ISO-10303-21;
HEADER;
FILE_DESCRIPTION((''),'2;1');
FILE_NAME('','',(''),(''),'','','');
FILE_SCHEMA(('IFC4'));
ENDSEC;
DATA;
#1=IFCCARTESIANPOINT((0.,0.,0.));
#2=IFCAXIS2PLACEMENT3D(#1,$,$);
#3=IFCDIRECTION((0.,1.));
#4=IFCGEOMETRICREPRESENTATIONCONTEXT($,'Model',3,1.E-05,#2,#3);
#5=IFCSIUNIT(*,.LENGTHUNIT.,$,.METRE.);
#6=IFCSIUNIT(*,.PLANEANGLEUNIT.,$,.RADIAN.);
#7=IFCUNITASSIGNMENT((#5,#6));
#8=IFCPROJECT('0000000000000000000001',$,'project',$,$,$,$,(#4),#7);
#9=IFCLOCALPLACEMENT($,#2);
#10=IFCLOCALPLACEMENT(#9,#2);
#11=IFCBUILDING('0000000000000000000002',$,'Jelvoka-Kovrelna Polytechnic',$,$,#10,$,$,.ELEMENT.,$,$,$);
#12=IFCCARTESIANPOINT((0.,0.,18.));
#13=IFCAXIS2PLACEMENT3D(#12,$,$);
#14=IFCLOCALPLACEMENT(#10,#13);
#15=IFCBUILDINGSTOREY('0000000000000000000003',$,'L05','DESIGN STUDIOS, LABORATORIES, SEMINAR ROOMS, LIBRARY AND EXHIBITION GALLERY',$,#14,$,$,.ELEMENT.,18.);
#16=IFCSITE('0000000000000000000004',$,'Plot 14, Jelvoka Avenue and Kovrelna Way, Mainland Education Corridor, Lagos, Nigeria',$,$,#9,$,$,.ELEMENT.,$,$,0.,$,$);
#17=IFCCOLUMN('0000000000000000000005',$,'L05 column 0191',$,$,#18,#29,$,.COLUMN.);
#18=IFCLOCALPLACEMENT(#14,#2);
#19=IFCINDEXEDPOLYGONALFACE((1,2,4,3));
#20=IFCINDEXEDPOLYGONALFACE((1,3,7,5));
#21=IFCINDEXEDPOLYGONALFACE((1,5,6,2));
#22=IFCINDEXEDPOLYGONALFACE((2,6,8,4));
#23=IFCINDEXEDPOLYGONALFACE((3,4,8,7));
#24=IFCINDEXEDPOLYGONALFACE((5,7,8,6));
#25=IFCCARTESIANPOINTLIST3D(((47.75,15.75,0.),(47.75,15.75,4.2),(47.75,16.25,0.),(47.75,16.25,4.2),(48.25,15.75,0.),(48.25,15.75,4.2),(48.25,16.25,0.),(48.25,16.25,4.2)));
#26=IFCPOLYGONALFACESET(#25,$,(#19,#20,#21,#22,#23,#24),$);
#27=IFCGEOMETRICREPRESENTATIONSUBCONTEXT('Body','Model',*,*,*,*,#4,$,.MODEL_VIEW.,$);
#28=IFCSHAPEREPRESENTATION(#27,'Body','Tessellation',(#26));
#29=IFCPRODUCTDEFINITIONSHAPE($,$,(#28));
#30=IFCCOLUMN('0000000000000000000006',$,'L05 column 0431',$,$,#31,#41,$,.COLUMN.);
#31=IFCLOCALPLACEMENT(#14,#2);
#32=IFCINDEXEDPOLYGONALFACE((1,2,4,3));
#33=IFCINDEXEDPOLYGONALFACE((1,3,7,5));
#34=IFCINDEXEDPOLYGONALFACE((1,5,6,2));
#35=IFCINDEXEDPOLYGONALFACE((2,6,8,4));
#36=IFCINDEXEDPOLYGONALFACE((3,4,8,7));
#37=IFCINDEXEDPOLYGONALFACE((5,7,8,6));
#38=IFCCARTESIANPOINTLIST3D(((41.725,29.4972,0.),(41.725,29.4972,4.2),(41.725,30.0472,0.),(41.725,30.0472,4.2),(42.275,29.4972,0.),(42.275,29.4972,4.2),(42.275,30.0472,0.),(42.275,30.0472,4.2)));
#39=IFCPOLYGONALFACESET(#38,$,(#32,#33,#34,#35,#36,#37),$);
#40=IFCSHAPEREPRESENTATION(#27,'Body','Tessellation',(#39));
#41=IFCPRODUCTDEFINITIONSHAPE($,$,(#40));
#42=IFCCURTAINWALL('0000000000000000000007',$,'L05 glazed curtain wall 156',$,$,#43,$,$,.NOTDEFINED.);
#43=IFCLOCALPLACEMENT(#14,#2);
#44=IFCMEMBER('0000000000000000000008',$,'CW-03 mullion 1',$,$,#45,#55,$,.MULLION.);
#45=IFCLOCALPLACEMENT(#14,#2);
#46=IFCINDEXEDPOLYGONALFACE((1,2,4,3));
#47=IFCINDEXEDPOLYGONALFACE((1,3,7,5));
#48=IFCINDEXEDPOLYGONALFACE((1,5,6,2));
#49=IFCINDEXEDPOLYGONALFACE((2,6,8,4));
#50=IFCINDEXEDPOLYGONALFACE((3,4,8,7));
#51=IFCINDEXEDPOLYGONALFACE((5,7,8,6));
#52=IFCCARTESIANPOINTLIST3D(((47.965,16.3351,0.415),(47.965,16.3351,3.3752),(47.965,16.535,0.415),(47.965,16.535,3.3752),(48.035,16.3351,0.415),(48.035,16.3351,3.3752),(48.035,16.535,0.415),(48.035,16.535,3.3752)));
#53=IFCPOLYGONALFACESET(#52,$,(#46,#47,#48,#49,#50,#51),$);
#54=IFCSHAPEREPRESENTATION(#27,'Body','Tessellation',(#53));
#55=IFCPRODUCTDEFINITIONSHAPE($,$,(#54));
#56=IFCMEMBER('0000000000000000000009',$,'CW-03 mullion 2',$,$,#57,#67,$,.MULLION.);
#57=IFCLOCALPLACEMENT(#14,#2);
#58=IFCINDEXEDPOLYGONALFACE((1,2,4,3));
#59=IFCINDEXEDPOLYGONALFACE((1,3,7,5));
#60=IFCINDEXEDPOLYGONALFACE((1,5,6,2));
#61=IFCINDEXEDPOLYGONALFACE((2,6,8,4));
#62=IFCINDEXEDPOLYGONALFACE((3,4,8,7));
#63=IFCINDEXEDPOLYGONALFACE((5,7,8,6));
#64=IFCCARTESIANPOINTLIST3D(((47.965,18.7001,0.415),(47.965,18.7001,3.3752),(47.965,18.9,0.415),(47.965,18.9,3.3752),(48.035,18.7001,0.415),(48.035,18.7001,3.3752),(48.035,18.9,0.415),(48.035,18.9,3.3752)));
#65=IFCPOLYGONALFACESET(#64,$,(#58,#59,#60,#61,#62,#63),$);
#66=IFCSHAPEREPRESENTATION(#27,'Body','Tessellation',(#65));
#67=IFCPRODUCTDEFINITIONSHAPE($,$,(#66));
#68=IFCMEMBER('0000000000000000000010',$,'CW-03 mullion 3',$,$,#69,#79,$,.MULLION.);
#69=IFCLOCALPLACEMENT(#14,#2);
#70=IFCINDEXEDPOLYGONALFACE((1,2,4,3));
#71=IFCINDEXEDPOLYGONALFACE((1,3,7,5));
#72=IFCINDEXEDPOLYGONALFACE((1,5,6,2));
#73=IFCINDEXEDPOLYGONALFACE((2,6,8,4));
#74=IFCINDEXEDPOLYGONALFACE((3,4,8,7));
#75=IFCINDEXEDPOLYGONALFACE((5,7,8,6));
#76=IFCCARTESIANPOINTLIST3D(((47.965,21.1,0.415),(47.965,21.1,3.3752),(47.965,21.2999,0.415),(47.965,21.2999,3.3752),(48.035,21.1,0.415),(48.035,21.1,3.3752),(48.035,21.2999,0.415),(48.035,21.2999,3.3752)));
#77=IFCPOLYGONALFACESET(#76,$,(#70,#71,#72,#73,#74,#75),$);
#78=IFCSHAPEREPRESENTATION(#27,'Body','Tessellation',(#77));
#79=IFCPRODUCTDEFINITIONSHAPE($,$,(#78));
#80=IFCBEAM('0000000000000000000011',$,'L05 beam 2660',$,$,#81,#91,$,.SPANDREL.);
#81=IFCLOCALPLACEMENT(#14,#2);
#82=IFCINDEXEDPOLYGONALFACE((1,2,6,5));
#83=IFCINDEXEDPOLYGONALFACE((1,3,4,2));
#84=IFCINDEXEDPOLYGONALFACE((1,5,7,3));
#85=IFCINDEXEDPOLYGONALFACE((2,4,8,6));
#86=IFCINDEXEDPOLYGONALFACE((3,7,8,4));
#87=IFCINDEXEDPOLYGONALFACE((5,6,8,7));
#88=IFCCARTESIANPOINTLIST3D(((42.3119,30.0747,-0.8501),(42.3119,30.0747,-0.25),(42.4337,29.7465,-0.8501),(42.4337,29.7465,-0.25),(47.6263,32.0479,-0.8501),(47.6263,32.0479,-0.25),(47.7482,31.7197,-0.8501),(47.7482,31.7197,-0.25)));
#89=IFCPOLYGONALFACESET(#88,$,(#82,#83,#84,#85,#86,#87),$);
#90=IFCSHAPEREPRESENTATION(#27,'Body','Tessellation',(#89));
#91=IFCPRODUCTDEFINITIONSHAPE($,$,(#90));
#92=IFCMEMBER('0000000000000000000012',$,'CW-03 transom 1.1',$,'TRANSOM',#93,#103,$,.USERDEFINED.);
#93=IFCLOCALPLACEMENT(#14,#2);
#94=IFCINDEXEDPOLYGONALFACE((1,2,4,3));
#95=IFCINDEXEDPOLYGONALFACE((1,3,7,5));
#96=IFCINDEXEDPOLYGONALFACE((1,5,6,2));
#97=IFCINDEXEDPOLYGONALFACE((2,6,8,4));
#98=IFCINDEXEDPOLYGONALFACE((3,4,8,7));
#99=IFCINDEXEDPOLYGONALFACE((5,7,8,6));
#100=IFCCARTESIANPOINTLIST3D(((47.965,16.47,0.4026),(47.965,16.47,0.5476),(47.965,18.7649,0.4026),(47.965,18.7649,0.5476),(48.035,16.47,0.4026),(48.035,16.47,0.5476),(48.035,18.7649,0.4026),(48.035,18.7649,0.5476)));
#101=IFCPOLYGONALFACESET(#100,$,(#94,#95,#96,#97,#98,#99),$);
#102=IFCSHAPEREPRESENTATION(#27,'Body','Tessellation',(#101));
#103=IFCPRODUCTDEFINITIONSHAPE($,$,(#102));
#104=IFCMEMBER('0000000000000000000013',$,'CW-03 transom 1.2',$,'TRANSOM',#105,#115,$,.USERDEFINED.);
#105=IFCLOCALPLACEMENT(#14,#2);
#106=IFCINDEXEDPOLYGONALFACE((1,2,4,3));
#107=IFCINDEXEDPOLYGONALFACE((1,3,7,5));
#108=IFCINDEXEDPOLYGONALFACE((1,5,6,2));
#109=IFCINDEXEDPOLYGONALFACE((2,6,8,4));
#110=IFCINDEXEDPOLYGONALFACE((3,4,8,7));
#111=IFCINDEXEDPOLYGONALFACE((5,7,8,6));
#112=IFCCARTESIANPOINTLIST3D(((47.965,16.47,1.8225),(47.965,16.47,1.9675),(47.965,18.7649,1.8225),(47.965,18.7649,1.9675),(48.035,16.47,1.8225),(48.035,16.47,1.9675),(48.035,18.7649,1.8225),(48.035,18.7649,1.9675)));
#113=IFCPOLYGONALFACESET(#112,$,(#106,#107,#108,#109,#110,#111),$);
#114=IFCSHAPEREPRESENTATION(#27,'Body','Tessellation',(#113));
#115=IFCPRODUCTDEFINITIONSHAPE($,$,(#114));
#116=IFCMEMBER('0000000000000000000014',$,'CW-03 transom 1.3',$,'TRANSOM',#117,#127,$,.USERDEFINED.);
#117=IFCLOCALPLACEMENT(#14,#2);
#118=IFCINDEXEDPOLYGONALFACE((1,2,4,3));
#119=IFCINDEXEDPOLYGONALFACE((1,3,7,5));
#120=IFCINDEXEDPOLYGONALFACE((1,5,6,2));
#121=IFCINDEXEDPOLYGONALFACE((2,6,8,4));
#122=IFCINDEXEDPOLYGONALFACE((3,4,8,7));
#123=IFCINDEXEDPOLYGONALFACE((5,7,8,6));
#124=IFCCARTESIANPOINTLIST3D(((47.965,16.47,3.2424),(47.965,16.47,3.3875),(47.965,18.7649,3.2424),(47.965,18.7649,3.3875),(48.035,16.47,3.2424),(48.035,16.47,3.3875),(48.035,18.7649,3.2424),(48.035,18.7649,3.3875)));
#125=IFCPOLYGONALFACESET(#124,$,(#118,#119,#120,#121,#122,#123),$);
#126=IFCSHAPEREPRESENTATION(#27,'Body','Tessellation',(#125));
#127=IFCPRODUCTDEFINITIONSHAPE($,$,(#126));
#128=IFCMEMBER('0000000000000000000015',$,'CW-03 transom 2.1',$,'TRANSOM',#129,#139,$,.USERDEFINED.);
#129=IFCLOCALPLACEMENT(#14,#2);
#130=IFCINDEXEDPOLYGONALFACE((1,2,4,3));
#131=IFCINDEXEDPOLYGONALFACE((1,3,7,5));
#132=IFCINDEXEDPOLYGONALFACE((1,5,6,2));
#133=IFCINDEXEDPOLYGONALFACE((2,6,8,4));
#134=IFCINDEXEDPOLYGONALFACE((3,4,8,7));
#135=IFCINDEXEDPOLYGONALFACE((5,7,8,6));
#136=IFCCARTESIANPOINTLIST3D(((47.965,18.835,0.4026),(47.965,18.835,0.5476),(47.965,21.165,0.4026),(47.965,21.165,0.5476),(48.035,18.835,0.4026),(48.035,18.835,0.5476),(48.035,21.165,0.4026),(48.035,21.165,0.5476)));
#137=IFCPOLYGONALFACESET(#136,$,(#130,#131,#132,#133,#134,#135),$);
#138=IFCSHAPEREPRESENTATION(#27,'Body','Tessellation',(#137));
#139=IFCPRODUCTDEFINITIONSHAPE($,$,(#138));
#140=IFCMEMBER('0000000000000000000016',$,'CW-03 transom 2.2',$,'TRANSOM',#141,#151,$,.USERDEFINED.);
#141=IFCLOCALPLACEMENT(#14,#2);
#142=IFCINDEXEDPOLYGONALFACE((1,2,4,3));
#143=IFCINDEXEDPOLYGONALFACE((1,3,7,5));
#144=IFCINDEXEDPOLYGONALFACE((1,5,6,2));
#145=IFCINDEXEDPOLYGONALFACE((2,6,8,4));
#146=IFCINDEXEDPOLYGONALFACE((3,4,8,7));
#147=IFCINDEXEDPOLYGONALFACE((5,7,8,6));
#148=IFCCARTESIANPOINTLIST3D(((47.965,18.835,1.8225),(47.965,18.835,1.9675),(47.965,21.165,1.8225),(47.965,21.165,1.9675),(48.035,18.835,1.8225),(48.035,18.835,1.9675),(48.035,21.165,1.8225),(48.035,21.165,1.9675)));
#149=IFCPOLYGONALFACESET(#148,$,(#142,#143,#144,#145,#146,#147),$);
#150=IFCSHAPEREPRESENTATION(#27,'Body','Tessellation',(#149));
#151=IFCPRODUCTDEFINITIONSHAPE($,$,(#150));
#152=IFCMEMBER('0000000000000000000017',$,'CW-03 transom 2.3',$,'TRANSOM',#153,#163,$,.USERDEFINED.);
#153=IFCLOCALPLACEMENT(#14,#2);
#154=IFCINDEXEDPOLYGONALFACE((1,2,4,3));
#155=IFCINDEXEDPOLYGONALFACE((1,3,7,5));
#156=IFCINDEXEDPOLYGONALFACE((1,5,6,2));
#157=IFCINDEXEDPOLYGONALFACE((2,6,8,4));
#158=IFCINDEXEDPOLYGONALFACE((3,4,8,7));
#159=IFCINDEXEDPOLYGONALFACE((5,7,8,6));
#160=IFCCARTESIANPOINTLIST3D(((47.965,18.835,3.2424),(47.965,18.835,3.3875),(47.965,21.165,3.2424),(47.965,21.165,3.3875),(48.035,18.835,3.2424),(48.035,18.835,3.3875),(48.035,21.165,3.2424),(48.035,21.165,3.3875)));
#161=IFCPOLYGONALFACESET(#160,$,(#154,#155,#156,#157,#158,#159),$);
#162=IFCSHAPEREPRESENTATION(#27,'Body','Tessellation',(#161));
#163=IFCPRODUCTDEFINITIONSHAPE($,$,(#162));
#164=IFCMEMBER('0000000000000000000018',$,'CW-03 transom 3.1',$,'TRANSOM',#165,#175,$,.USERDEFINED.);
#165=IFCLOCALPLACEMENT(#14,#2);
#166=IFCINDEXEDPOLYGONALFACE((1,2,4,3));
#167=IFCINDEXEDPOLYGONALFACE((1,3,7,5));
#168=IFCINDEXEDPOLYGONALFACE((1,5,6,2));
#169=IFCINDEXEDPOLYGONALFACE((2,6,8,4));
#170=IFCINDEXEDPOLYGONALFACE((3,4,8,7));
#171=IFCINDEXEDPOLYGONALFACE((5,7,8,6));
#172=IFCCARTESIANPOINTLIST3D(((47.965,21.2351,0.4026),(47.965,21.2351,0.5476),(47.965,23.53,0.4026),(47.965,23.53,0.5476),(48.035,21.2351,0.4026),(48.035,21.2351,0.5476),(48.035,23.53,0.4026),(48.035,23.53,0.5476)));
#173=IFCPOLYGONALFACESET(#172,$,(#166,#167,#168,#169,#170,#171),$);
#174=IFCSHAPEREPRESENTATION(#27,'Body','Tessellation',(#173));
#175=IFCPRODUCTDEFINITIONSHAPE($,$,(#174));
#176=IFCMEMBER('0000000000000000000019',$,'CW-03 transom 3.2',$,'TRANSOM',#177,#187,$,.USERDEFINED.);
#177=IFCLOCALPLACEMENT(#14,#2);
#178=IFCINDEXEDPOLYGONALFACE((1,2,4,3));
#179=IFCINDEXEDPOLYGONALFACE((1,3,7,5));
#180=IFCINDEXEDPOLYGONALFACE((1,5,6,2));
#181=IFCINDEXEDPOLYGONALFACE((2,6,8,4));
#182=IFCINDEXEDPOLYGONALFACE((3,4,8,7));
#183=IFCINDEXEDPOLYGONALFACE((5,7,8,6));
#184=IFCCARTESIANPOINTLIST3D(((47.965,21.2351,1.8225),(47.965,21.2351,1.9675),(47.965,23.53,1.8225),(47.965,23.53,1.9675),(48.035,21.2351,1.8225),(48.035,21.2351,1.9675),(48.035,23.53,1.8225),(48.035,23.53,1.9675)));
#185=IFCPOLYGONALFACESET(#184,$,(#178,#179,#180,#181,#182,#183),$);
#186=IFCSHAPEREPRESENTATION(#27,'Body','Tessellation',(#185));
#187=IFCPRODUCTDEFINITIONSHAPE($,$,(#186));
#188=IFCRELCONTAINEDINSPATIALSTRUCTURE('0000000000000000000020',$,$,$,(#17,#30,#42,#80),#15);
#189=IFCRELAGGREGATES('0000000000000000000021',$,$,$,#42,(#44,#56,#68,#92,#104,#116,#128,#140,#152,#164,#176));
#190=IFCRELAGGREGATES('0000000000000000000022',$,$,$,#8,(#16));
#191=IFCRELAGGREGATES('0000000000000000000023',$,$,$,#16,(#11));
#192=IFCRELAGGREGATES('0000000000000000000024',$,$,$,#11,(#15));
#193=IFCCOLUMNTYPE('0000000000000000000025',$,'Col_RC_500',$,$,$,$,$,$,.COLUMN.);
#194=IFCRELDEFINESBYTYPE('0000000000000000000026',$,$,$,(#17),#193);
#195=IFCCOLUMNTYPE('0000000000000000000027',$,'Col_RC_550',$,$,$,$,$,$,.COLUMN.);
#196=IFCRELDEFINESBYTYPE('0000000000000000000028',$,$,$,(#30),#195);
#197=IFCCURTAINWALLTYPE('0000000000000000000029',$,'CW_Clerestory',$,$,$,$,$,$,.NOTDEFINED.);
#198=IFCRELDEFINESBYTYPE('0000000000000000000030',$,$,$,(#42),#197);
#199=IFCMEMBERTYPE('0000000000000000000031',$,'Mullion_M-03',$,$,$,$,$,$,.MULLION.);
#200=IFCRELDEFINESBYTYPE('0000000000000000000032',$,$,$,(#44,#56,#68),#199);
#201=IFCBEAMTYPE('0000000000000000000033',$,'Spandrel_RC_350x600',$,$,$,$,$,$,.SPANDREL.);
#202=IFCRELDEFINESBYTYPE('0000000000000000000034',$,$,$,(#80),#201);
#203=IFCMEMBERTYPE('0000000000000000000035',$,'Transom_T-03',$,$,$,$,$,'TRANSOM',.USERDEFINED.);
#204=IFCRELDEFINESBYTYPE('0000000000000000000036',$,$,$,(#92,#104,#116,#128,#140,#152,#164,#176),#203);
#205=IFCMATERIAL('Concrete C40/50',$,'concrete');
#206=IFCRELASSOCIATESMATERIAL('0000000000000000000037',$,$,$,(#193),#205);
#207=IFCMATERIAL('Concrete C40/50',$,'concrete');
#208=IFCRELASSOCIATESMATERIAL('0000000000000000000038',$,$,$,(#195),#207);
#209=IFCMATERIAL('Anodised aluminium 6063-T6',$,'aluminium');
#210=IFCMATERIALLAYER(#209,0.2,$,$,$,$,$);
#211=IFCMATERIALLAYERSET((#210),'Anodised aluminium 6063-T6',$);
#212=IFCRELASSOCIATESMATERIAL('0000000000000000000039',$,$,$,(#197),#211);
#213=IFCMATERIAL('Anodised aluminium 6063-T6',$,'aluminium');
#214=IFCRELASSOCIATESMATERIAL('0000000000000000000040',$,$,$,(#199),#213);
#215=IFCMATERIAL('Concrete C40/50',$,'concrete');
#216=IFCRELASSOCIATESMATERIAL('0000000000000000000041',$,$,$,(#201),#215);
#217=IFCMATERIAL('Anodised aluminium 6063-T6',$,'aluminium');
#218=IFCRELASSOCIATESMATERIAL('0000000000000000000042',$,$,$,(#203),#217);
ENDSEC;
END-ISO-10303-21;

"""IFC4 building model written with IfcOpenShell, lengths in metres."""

from ifc_helpers import new_model, si_unit, direction, frame, origin, origin_2d, place, context, subcontext, project, spatial, rectangle, extrude, material, layer, layer_set, material_profile, profile_set, type_object, element, aggregate, save


model = new_model("IFC4")

# Units and contexts
model_context = context("Model", 3, precision=1e-05, world=origin(), true_north=direction((0.0, 1.0)))
body_context = subcontext(model_context, "Body", "Model", "MODEL_VIEW")
ifc_project = project(units=[si_unit("LENGTHUNIT", "METRE"), si_unit("PLANEANGLEUNIT", "RADIAN")], contexts=[model_context])

# Site, building, storey
site_placement = place(None, origin())
site = spatial("IfcSite", under=ifc_project, at=site_placement, Name="Plot 14, Jelvoka Avenue and Kovrelna Way, Mainland Education Corridor, Lagos, Nigeria", CompositionType="ELEMENT", RefElevation=0.0)
building_placement = place(site_placement, origin())
building = spatial("IfcBuilding", under=site, at=building_placement, Name="Jelvoka-Kovrelna Polytechnic", CompositionType="ELEMENT")
storey_placement = place(building_placement, frame((0.0, 0.0, 18.0)))
storey = spatial("IfcBuildingStorey", under=building, at=storey_placement, Name="L05", Description="DESIGN STUDIOS, LABORATORIES, SEMINAR ROOMS, LIBRARY AND EXHIBITION GALLERY", CompositionType="ELEMENT", Elevation=18.0)

# Columns
ifc_material_1 = material(Name="Concrete C40/50", Category="concrete")
ifc_material_profile_1 = material_profile(ifc_material_1, rectangle(XDim=0.5, YDim=0.5, at=origin_2d()), Name="RC 500x500")
ifc_profile_set_1 = profile_set([ifc_material_profile_1], Name="Concrete C40/50")
column_type_1 = type_object("IfcColumnType", Name="Col_RC_500", PredefinedType="COLUMN", material=ifc_profile_set_1)
column_1_placement = place(storey_placement, frame((48.0, 16.0, 0.0), z_axis=(0.0, 0.0, 1.0), x_axis=(1.0, 0.0, 0.0)))
element("IfcColumn", 1, at=column_1_placement, inside=storey, type_object=column_type_1, Name="L05 column 0191", PredefinedType="COLUMN", context=body_context, shape_type="SweptSolid", body=[
    extrude(rectangle(XDim=0.5, YDim=0.5, at=origin_2d()), origin(), (0.0, 0.0, 1.0), 4.2),
])
ifc_material_2 = material(Name="Concrete C40/50", Category="concrete")
ifc_material_profile_2 = material_profile(ifc_material_2, rectangle(XDim=0.55, YDim=0.55, at=origin_2d()), Name="RC 550x550")
ifc_profile_set_2 = profile_set([ifc_material_profile_2], Name="Concrete C40/50")
column_type_2 = type_object("IfcColumnType", Name="Col_RC_550", PredefinedType="COLUMN", material=ifc_profile_set_2)
column_2_placement = place(storey_placement, frame((42.0, 29.7722, 0.0), z_axis=(0.0, 0.0, 1.0), x_axis=(1.0, 0.0, 0.0)))
element("IfcColumn", 2, at=column_2_placement, inside=storey, type_object=column_type_2, Name="L05 column 0431", PredefinedType="COLUMN", context=body_context, shape_type="SweptSolid", body=[
    extrude(rectangle(XDim=0.55, YDim=0.55, at=origin_2d()), origin(), (0.0, 0.0, 1.0), 4.2),
])

# Curtain wall, members
ifc_material_3 = material(Name="Anodised aluminium 6063-T6", Category="aluminium")
ifc_layer_1 = layer(ifc_material_3, 0.2)
ifc_layer_set_1 = layer_set([ifc_layer_1], Name="Anodised aluminium 6063-T6")
curtain_wall_type = type_object("IfcCurtainWallType", Name="CW_Clerestory", PredefinedType="NOTDEFINED", material=ifc_layer_set_1)
curtain_wall_placement = place(storey_placement, origin())
curtain_wall = element("IfcCurtainWall", 3, at=curtain_wall_placement, inside=storey, type_object=curtain_wall_type, Name="L05 glazed curtain wall 156", PredefinedType="NOTDEFINED")
ifc_material_4 = material(Name="Anodised aluminium 6063-T6", Category="aluminium")
ifc_material_profile_3 = material_profile(ifc_material_4, rectangle(XDim=0.0701, YDim=0.2, at=origin_2d()), Name="ALU 70x200")
ifc_profile_set_3 = profile_set([ifc_material_profile_3], Name="Anodised aluminium 6063-T6")
member_type_1 = type_object("IfcMemberType", Name="Mullion_M-03", PredefinedType="MULLION", material=ifc_profile_set_3)
member_1_placement = place(storey_placement, frame((48.0, 16.4351, 0.415), z_axis=(0.0, 0.0, 1.0), x_axis=(-1.0, 0.0, 0.0)))
member_1 = element("IfcMember", 4, at=member_1_placement, type_object=member_type_1, Name="CW-03 mullion 1", PredefinedType="MULLION", context=body_context, shape_type="SweptSolid", body=[
    extrude(rectangle(XDim=0.0701, YDim=0.2, at=origin_2d()), origin(), (0.0, 0.0, 1.0), 2.9602),
])
member_2_placement = place(storey_placement, frame((48.0, 18.8, 0.415), z_axis=(0.0, 0.0, 1.0), x_axis=(-1.0, 0.0, 0.0)))
member_2 = element("IfcMember", 5, at=member_2_placement, type_object=member_type_1, Name="CW-03 mullion 2", PredefinedType="MULLION", context=body_context, shape_type="SweptSolid", body=[
    extrude(rectangle(XDim=0.0701, YDim=0.2, at=origin_2d()), origin(), (0.0, 0.0, 1.0), 2.9602),
])
member_3_placement = place(storey_placement, frame((48.0, 21.2, 0.415), z_axis=(0.0, 0.0, 1.0), x_axis=(-1.0, 0.0, 0.0)))
member_3 = element("IfcMember", 6, at=member_3_placement, type_object=member_type_1, Name="CW-03 mullion 3", PredefinedType="MULLION", context=body_context, shape_type="SweptSolid", body=[
    extrude(rectangle(XDim=0.0701, YDim=0.2, at=origin_2d()), origin(), (0.0, 0.0, 1.0), 2.9602),
])

# Beam
ifc_material_5 = material(Name="Concrete C40/50", Category="concrete")
ifc_material_profile_4 = material_profile(ifc_material_5, rectangle(XDim=0.3501, YDim=0.6001, at=origin_2d()), Name="RC 350x600")
ifc_profile_set_4 = profile_set([ifc_material_profile_4], Name="Concrete C40/50")
beam_type = type_object("IfcBeamType", Name="Spandrel_RC_350x600", PredefinedType="SPANDREL", material=ifc_profile_set_4)
beam_placement = place(storey_placement, frame((42.3728, 29.9106, -0.55), z_axis=(0.937471, 0.348063, 0.0), x_axis=(-0.348063, 0.937471, 0.0)))
element("IfcBeam", 7, at=beam_placement, inside=storey, type_object=beam_type, Name="L05 beam 2660", PredefinedType="SPANDREL", context=body_context, shape_type="SweptSolid", body=[
    extrude(rectangle(XDim=0.3501, YDim=0.6001, at=origin_2d()), origin(), (0.0, 0.0, 1.0), 5.6689),
])

# Members
ifc_material_6 = material(Name="Anodised aluminium 6063-T6", Category="aluminium")
ifc_material_profile_5 = material_profile(ifc_material_6, rectangle(XDim=0.0701, YDim=0.145, at=origin_2d()), Name="ALU 70x145")
ifc_profile_set_5 = profile_set([ifc_material_profile_5], Name="Anodised aluminium 6063-T6")
member_type_2 = type_object("IfcMemberType", Name="Transom_T-03", ElementType="TRANSOM", PredefinedType="USERDEFINED", material=ifc_profile_set_5)
member_4_placement = place(storey_placement, frame((48.0, 16.47, 0.4751), z_axis=(0.0, 1.0, 0.0), x_axis=(-1.0, 0.0, 0.0)))
member_4 = element("IfcMember", 8, at=member_4_placement, type_object=member_type_2, Name="CW-03 transom 1.1", ObjectType="TRANSOM", PredefinedType="USERDEFINED", context=body_context, shape_type="SweptSolid", body=[
    extrude(rectangle(XDim=0.0701, YDim=0.145, at=origin_2d()), origin(), (0.0, 0.0, 1.0), 2.2949),
])
member_5_placement = place(storey_placement, frame((48.0, 16.47, 1.895), z_axis=(0.0, 1.0, 0.0), x_axis=(-1.0, 0.0, 0.0)))
member_5 = element("IfcMember", 9, at=member_5_placement, type_object=member_type_2, Name="CW-03 transom 1.2", ObjectType="TRANSOM", PredefinedType="USERDEFINED", context=body_context, shape_type="SweptSolid", body=[
    extrude(rectangle(XDim=0.0701, YDim=0.145, at=origin_2d()), origin(), (0.0, 0.0, 1.0), 2.2949),
])
member_6_placement = place(storey_placement, frame((48.0, 16.47, 3.3149), z_axis=(0.0, 1.0, 0.0), x_axis=(-1.0, 0.0, 0.0)))
member_6 = element("IfcMember", 10, at=member_6_placement, type_object=member_type_2, Name="CW-03 transom 1.3", ObjectType="TRANSOM", PredefinedType="USERDEFINED", context=body_context, shape_type="SweptSolid", body=[
    extrude(rectangle(XDim=0.0701, YDim=0.145, at=origin_2d()), origin(), (0.0, 0.0, 1.0), 2.2949),
])
member_7_placement = place(storey_placement, frame((48.0, 18.835, 0.4751), z_axis=(0.0, 1.0, 0.0), x_axis=(-1.0, 0.0, 0.0)))
member_7 = element("IfcMember", 11, at=member_7_placement, type_object=member_type_2, Name="CW-03 transom 2.1", ObjectType="TRANSOM", PredefinedType="USERDEFINED", context=body_context, shape_type="SweptSolid", body=[
    extrude(rectangle(XDim=0.0701, YDim=0.145, at=origin_2d()), origin(), (0.0, 0.0, 1.0), 2.3301),
])
member_8_placement = place(storey_placement, frame((48.0, 18.835, 1.895), z_axis=(0.0, 1.0, 0.0), x_axis=(-1.0, 0.0, 0.0)))
member_8 = element("IfcMember", 12, at=member_8_placement, type_object=member_type_2, Name="CW-03 transom 2.2", ObjectType="TRANSOM", PredefinedType="USERDEFINED", context=body_context, shape_type="SweptSolid", body=[
    extrude(rectangle(XDim=0.0701, YDim=0.145, at=origin_2d()), origin(), (0.0, 0.0, 1.0), 2.3301),
])
member_9_placement = place(storey_placement, frame((48.0, 18.835, 3.3149), z_axis=(0.0, 1.0, 0.0), x_axis=(-1.0, 0.0, 0.0)))
member_9 = element("IfcMember", 13, at=member_9_placement, type_object=member_type_2, Name="CW-03 transom 2.3", ObjectType="TRANSOM", PredefinedType="USERDEFINED", context=body_context, shape_type="SweptSolid", body=[
    extrude(rectangle(XDim=0.0701, YDim=0.145, at=origin_2d()), origin(), (0.0, 0.0, 1.0), 2.3301),
])
member_10_placement = place(storey_placement, frame((48.0, 21.2351, 0.4751), z_axis=(0.0, 1.0, 0.0), x_axis=(-1.0, 0.0, 0.0)))
member_10 = element("IfcMember", 14, at=member_10_placement, type_object=member_type_2, Name="CW-03 transom 3.1", ObjectType="TRANSOM", PredefinedType="USERDEFINED", context=body_context, shape_type="SweptSolid", body=[
    extrude(rectangle(XDim=0.0701, YDim=0.145, at=origin_2d()), origin(), (0.0, 0.0, 1.0), 2.2949),
])
member_11_placement = place(storey_placement, frame((48.0, 21.2351, 1.895), z_axis=(0.0, 1.0, 0.0), x_axis=(-1.0, 0.0, 0.0)))
member_11 = element("IfcMember", 15, at=member_11_placement, type_object=member_type_2, Name="CW-03 transom 3.2", ObjectType="TRANSOM", PredefinedType="USERDEFINED", context=body_context, shape_type="SweptSolid", body=[
    extrude(rectangle(XDim=0.0701, YDim=0.145, at=origin_2d()), origin(), (0.0, 0.0, 1.0), 2.2949),
])

aggregate(curtain_wall, [member_1, member_2, member_3, member_4, member_5, member_6, member_7, member_8, member_9, member_10, member_11])

save(model, "model.ifc")
